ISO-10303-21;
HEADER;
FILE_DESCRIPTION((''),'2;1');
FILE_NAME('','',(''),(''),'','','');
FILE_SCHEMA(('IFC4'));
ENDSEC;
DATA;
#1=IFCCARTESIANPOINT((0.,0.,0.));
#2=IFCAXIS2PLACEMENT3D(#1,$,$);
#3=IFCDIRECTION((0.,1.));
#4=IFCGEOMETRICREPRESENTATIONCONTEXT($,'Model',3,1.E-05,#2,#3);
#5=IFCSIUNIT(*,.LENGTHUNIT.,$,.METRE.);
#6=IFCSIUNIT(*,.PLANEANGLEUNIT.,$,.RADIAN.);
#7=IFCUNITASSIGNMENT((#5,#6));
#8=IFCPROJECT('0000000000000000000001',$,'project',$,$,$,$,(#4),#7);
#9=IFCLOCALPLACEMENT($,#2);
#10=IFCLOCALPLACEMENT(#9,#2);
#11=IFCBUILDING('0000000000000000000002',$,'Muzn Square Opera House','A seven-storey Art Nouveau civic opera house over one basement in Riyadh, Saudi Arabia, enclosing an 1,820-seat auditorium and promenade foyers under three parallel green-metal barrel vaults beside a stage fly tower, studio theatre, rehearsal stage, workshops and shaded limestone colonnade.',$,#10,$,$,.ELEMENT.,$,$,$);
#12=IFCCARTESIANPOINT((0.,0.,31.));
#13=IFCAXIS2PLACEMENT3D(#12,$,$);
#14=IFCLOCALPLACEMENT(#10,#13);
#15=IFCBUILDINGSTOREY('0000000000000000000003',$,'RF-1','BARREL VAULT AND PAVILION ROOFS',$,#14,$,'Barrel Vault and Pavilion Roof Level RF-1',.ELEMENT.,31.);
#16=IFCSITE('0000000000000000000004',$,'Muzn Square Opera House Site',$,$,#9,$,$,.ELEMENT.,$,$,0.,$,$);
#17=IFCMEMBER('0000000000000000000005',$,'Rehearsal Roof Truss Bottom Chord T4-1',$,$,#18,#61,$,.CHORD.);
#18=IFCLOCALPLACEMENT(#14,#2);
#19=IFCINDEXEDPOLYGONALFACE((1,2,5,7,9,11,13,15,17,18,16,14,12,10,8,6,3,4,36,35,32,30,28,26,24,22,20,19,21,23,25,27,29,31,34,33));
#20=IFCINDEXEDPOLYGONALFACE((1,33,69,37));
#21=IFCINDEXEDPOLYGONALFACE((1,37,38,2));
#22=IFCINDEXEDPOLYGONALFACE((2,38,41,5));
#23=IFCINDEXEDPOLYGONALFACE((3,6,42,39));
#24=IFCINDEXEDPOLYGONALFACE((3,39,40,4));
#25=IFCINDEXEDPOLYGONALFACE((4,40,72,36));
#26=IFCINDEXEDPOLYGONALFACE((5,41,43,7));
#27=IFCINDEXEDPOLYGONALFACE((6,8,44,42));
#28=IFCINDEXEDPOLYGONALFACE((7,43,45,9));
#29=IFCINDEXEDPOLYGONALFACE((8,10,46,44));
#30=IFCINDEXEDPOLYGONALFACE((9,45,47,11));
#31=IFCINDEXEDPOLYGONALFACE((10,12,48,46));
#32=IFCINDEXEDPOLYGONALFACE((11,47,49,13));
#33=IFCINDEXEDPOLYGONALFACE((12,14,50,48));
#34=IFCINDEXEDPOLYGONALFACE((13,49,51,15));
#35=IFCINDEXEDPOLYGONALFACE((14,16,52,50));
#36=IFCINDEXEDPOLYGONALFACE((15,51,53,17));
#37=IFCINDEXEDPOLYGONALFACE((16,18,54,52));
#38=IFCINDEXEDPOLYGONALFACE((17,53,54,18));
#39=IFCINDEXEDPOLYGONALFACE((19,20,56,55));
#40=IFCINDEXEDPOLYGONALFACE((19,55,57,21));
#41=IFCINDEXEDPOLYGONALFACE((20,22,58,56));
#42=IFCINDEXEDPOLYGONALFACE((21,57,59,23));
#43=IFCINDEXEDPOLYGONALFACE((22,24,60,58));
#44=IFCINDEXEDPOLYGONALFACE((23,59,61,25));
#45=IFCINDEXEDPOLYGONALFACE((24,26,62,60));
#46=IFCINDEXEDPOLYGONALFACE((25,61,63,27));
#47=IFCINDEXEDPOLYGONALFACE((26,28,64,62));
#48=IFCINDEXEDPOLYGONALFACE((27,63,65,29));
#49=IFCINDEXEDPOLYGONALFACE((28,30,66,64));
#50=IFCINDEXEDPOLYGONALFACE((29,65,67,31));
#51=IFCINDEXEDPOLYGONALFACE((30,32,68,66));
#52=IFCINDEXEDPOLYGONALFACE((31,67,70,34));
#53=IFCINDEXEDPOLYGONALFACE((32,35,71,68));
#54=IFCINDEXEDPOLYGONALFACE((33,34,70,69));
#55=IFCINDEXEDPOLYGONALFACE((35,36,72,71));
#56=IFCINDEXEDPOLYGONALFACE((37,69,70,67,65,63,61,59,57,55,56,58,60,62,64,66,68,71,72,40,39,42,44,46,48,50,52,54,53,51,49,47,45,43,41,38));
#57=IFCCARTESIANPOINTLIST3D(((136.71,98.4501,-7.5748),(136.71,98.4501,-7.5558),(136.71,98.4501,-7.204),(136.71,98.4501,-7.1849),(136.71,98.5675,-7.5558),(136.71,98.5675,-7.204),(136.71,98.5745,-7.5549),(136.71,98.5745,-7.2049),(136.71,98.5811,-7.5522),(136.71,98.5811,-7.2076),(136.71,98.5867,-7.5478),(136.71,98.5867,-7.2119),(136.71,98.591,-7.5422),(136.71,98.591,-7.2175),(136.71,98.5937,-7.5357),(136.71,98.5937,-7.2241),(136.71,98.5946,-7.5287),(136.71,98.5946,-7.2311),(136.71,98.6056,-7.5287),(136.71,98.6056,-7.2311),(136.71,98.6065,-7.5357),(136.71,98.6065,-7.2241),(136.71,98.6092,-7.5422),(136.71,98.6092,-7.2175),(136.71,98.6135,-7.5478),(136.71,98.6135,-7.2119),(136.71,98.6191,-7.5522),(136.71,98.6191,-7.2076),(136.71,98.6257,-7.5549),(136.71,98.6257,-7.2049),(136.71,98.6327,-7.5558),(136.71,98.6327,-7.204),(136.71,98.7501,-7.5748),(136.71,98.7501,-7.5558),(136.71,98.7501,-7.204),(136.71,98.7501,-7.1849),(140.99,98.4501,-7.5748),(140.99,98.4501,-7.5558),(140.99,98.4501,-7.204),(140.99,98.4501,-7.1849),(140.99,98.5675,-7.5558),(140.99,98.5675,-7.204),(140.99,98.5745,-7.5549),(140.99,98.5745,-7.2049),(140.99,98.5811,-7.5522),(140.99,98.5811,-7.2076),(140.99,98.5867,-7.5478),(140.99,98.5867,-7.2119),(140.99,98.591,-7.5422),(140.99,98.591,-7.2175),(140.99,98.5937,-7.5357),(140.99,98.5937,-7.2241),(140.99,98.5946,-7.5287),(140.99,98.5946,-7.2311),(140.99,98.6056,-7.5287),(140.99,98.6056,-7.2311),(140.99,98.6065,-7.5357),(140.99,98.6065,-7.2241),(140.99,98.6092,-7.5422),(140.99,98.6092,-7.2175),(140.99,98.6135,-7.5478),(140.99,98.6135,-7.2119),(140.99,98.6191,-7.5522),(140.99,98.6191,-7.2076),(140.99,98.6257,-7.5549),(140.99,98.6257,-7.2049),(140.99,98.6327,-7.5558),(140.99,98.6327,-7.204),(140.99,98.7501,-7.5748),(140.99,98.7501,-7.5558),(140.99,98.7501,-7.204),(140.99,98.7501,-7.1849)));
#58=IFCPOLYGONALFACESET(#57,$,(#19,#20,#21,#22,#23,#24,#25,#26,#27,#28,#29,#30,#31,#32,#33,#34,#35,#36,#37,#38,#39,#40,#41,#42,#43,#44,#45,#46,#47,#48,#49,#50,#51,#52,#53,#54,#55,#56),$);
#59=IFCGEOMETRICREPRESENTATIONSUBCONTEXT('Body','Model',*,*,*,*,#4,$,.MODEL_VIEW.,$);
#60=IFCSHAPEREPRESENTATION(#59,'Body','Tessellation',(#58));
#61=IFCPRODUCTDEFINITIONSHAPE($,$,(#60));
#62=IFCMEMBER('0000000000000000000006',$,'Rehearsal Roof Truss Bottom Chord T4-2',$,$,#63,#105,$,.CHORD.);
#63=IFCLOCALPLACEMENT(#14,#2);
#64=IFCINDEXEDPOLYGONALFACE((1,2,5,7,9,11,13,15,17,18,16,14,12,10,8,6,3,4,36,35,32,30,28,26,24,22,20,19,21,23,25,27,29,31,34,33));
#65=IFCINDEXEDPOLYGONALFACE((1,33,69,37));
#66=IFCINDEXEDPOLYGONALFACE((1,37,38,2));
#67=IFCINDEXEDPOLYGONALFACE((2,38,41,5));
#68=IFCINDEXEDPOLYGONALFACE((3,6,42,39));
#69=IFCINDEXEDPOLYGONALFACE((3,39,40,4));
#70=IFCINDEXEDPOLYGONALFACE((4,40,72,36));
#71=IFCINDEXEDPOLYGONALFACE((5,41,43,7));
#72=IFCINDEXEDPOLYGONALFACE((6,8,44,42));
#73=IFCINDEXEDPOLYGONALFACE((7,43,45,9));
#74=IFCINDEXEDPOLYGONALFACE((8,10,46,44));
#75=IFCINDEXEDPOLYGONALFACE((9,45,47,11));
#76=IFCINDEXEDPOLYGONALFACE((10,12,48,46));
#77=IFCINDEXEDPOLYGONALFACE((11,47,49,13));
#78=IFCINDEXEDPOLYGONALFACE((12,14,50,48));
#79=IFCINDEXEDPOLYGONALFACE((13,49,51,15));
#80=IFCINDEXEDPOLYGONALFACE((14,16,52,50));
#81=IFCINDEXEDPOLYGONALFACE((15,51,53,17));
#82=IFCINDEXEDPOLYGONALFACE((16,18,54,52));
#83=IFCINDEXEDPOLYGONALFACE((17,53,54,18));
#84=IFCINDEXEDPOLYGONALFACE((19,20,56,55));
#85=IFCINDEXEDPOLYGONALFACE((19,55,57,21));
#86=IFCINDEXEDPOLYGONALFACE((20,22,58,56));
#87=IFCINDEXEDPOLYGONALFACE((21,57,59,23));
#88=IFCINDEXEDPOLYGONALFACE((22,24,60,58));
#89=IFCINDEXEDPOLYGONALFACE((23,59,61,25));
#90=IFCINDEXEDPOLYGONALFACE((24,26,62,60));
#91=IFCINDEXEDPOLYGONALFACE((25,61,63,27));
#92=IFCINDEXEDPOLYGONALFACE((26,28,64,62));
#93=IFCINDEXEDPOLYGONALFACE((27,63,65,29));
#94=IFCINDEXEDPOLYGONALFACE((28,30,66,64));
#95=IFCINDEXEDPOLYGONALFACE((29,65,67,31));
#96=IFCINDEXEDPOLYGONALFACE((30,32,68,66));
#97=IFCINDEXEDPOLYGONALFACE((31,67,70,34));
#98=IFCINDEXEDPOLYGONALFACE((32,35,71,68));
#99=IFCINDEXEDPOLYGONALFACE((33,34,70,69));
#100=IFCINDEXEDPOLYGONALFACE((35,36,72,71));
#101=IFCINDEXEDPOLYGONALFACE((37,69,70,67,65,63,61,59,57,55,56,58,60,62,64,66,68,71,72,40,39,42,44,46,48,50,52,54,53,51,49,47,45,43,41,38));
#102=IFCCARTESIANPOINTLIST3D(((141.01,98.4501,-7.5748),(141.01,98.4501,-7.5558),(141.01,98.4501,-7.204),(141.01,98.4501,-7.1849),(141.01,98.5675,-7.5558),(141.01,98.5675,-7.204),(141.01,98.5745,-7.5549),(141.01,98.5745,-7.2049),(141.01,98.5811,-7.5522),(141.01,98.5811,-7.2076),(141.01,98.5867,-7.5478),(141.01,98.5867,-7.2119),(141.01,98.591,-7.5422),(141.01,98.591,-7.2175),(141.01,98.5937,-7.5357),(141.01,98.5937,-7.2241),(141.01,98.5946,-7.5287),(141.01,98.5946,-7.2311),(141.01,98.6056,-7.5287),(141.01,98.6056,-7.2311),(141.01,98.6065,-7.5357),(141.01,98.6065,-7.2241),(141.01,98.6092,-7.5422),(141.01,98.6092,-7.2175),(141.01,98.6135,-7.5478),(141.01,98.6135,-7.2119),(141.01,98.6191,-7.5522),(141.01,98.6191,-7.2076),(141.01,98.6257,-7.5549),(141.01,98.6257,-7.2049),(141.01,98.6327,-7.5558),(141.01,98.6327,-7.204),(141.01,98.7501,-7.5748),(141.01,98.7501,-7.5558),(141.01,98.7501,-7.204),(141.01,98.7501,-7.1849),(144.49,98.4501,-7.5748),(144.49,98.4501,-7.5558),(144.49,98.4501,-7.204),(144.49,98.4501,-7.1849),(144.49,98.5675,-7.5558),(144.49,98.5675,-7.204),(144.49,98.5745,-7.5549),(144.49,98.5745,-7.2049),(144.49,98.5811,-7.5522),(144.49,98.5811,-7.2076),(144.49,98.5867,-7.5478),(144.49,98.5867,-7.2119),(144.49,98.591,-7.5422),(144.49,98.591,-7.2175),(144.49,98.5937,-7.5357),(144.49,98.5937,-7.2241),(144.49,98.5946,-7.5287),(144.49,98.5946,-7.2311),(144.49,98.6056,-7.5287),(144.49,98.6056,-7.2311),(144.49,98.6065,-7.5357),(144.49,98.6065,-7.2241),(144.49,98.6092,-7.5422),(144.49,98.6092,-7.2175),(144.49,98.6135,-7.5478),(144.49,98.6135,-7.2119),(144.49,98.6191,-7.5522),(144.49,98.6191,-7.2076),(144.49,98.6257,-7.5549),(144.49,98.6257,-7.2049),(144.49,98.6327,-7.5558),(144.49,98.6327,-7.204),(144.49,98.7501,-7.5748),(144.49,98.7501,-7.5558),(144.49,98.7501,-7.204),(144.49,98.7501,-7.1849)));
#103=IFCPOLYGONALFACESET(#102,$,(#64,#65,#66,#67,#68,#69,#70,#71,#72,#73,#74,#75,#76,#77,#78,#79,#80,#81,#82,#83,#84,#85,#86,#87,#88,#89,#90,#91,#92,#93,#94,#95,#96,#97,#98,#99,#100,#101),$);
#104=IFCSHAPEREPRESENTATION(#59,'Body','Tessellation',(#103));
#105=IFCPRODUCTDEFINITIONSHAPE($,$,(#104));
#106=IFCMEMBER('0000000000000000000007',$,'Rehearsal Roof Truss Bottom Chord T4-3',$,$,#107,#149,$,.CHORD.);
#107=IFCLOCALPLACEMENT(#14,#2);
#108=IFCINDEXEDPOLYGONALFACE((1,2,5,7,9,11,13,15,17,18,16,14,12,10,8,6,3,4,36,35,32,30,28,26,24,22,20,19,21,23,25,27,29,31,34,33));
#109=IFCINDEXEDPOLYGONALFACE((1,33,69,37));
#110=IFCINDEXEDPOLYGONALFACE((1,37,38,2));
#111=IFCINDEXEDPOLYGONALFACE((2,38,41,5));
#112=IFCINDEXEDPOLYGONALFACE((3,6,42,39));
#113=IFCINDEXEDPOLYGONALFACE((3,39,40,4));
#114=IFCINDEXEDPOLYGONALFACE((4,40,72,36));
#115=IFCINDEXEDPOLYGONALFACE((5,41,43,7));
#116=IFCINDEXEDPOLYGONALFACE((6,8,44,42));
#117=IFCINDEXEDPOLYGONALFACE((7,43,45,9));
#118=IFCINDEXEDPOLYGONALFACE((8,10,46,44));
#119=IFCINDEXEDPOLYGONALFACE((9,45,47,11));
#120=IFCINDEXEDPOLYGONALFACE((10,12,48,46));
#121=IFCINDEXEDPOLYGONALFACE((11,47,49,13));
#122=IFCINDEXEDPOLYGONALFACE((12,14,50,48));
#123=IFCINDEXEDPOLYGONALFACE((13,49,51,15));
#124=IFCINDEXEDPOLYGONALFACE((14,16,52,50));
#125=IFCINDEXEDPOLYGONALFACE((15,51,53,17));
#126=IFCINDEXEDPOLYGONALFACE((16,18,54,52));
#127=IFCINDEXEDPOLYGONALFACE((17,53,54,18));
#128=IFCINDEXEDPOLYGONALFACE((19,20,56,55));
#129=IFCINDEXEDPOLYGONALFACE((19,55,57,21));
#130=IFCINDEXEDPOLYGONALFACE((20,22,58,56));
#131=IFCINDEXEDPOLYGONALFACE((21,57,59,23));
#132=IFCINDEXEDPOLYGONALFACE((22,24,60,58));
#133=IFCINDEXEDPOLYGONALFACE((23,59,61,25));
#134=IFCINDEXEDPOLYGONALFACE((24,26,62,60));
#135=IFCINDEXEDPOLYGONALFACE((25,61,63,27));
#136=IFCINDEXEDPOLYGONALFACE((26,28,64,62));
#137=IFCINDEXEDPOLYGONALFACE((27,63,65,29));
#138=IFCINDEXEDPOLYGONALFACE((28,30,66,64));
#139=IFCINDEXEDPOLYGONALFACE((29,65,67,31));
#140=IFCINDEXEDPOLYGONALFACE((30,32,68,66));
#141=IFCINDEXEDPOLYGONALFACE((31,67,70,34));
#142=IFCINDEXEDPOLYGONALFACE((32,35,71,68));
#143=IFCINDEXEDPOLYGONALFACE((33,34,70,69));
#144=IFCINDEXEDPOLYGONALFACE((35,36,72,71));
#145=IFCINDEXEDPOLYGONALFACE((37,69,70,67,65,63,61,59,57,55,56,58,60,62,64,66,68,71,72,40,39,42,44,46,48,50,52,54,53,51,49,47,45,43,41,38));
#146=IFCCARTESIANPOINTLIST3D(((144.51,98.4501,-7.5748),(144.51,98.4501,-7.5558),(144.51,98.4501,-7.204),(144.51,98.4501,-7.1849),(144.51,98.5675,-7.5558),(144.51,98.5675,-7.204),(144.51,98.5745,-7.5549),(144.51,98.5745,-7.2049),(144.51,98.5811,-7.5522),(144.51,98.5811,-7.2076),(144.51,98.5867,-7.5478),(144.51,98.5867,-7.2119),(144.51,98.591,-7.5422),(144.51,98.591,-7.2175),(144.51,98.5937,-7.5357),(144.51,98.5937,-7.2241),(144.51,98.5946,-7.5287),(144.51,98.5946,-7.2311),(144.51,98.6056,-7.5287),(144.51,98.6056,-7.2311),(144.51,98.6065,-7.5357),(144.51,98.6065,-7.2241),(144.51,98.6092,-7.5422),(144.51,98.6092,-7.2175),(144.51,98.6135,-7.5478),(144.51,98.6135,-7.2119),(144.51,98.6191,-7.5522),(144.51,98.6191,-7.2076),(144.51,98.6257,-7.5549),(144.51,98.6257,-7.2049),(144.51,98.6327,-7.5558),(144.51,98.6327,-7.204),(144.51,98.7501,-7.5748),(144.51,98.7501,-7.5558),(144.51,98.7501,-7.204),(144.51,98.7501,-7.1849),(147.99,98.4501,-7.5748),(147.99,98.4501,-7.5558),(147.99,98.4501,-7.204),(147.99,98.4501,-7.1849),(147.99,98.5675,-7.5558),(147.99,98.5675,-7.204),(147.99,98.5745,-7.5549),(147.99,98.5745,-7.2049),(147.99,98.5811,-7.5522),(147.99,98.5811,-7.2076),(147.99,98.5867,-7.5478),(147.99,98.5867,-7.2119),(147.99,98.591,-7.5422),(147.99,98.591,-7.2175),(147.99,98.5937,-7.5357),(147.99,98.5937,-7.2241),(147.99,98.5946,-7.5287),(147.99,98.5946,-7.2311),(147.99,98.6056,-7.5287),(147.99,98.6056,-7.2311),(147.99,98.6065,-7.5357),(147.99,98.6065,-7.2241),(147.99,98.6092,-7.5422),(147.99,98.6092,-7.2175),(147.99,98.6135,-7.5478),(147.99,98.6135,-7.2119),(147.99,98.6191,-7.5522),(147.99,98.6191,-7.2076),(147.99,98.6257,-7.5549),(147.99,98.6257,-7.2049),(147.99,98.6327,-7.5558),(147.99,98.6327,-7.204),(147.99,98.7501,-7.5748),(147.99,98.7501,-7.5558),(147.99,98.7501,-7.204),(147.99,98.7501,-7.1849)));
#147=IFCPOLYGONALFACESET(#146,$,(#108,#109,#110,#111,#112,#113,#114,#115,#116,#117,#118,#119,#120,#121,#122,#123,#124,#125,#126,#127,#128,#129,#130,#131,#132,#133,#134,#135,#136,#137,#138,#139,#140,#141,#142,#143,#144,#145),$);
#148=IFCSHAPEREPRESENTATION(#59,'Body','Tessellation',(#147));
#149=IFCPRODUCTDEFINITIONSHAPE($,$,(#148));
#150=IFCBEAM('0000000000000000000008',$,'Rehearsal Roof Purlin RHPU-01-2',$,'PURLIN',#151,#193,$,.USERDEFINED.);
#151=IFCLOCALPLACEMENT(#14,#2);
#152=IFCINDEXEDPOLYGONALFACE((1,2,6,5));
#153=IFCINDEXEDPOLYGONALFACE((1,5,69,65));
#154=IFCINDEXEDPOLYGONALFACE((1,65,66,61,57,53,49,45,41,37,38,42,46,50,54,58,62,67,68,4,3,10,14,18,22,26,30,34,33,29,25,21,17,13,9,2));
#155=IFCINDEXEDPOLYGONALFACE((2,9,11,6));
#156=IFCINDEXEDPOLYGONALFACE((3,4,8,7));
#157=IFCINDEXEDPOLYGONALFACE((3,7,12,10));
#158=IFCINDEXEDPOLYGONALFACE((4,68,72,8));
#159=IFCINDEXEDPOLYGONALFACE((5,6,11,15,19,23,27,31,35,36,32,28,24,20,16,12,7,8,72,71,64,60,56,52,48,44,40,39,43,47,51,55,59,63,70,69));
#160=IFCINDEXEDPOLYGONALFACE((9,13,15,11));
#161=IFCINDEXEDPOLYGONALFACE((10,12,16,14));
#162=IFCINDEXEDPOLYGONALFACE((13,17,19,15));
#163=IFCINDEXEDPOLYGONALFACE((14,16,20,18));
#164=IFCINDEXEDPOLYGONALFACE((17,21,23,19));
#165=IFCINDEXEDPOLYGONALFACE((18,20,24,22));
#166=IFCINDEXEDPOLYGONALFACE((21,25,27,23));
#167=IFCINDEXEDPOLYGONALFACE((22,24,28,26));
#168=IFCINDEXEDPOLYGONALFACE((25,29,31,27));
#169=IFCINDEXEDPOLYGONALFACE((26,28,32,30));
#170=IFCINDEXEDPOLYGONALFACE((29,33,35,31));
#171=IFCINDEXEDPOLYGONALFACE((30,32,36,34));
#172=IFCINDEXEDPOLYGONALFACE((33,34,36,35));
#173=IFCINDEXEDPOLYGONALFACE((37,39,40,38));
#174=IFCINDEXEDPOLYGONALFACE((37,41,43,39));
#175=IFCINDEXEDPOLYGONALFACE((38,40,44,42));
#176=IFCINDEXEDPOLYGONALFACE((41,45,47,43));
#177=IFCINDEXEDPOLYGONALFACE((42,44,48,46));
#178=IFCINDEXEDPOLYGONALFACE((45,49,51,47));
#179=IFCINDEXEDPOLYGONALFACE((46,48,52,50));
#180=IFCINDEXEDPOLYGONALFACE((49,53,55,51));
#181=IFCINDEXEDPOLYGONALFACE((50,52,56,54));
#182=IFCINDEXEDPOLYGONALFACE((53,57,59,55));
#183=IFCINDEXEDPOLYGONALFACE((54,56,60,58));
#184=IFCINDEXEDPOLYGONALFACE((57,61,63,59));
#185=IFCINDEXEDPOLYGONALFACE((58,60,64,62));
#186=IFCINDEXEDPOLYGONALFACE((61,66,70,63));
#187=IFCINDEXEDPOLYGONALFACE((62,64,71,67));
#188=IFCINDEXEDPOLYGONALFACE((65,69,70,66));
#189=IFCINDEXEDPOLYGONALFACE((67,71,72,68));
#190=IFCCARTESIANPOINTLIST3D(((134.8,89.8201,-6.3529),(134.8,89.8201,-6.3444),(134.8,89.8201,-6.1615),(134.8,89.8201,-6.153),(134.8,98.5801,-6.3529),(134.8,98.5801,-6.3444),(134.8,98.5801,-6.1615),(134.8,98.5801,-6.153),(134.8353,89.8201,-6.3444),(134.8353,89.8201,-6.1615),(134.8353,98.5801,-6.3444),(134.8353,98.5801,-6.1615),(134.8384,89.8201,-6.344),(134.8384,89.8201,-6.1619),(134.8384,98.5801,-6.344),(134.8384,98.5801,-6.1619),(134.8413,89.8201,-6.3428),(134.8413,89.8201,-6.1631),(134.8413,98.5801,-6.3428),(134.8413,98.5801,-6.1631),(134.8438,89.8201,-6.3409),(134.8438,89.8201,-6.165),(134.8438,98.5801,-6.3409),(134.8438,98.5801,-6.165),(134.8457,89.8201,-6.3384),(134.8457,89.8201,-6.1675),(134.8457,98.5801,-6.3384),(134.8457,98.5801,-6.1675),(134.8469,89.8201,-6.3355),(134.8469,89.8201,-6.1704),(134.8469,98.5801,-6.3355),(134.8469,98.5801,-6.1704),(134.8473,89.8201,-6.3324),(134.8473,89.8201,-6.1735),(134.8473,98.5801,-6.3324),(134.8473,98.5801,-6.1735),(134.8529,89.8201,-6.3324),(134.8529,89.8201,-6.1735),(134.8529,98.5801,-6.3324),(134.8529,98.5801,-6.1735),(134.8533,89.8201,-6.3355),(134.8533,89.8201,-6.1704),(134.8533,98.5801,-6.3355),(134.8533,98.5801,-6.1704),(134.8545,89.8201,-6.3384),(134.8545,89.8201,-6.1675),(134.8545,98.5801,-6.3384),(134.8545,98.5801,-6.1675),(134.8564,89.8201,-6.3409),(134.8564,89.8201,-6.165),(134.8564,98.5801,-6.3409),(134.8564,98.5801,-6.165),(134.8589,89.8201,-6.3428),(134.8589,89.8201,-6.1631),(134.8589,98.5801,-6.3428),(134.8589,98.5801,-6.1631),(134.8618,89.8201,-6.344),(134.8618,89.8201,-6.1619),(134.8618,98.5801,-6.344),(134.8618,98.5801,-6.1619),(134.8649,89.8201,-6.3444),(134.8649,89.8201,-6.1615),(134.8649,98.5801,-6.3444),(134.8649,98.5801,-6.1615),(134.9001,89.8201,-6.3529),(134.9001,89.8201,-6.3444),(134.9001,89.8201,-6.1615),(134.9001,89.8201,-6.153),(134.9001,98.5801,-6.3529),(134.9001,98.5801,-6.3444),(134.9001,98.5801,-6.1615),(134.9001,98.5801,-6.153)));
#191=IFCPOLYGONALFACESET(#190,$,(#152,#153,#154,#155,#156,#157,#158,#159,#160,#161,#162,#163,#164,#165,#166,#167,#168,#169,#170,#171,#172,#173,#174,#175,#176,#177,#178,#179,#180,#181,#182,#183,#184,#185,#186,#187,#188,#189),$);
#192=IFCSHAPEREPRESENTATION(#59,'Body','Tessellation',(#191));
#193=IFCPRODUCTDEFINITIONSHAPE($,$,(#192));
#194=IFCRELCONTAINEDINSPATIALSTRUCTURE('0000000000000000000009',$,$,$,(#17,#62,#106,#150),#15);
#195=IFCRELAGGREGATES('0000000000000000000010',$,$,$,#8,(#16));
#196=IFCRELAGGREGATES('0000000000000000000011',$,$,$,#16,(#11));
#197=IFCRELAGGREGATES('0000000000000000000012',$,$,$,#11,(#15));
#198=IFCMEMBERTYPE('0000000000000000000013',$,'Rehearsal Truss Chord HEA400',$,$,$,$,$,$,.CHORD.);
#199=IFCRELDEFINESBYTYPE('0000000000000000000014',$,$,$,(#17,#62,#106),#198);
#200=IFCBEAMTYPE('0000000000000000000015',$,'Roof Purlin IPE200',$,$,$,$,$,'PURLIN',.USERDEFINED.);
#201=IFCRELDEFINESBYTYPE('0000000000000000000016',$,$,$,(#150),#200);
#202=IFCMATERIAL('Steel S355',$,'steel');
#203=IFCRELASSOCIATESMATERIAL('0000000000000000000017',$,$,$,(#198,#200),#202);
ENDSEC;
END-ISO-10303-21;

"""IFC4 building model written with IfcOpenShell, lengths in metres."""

from ifc_helpers import new_model, si_unit, direction, frame, origin, origin_2d, place, context, subcontext, project, spatial, i_section, extrude, material, material_profile, profile_set, type_object, element, save


model = new_model("IFC4")

# Units and contexts
model_context = context("Model", 3, precision=1e-05, world=origin(), true_north=direction((0.0, 1.0)))
body_context = subcontext(model_context, "Body", "Model", "MODEL_VIEW")
ifc_project = project(units=[si_unit("LENGTHUNIT", "METRE"), si_unit("PLANEANGLEUNIT", "RADIAN")], contexts=[model_context])

# Site, building, storey
site_placement = place(None, origin())
site = spatial("IfcSite", under=ifc_project, at=site_placement, Name="Muzn Square Opera House Site", CompositionType="ELEMENT", RefElevation=0.0)
building_placement = place(site_placement, origin())
building = spatial("IfcBuilding", under=site, at=building_placement, Name="Muzn Square Opera House", Description="A seven-storey Art Nouveau civic opera house over one basement in Riyadh, Saudi Arabia, enclosing an 1,820-seat auditorium and promenade foyers under three parallel green-metal barrel vaults beside a stage fly tower, studio theatre, rehearsal stage, workshops and shaded limestone colonnade.", CompositionType="ELEMENT")
storey_placement = place(building_placement, frame((0.0, 0.0, 31.0)))
storey = spatial("IfcBuildingStorey", under=building, at=storey_placement, Name="RF-1", Description="BARREL VAULT AND PAVILION ROOFS", LongName="Barrel Vault and Pavilion Roof Level RF-1", CompositionType="ELEMENT", Elevation=31.0)

# Shared definitions
ifc_material = material(Name="Steel S355", Category="steel")

# Members
ifc_material_profile_1 = material_profile(ifc_material, i_section(OverallWidth=0.3, OverallDepth=0.3899, WebThickness=0.011, FlangeThickness=0.019, FilletRadius=0.0271, at=origin_2d()), Name="HEA 400", Category="steel")
ifc_profile_set_1 = profile_set([ifc_material_profile_1], Name="Steel S355")
member_type_1 = type_object("IfcMemberType", Name="Rehearsal Truss Chord HEA400", PredefinedType="CHORD", material=ifc_profile_set_1)
member_1_placement = place(storey_placement, frame((136.71, 98.6001, -7.3799), z_axis=(1.0, 0.0, 0.0), x_axis=(0.0, 1.0, 0.0)))
element("IfcMember", 1, at=member_1_placement, inside=storey, type_object=member_type_1, Name="Rehearsal Roof Truss Bottom Chord T4-1", PredefinedType="CHORD", context=body_context, shape_type="SweptSolid", body=[
    extrude(i_section(OverallWidth=0.3, OverallDepth=0.3899, WebThickness=0.011, FlangeThickness=0.019, FilletRadius=0.0271, at=origin_2d()), origin(), (0.0, 0.0, 1.0), 4.28),
])
for number, where, z_axis, x_axis, name in (
    (2, (141.01, 98.6001, -7.3799), (1.0, 0.0, 0.0), (0.0, 1.0, 0.0), "Rehearsal Roof Truss Bottom Chord T4-2"),
    (3, (144.51, 98.6001, -7.3799), (1.0, 0.0, 0.0), (0.0, 1.0, 0.0), "Rehearsal Roof Truss Bottom Chord T4-3"),
):
    element("IfcMember", number, at=place(storey_placement, frame(where, z_axis=z_axis, x_axis=x_axis)), inside=storey, type_object=member_type_1, Name=name, PredefinedType="CHORD", context=body_context, shape_type="SweptSolid", body=[
        extrude(i_section(OverallWidth=0.3, OverallDepth=0.3899, WebThickness=0.011, FlangeThickness=0.019, FilletRadius=0.0271, at=origin_2d()), origin(), (0.0, 0.0, 1.0), 3.48),
    ])

# Beam
ifc_material_profile_2 = material_profile(ifc_material, i_section(OverallWidth=0.1001, OverallDepth=0.2, WebThickness=0.0056, FlangeThickness=0.0085, FilletRadius=0.012, at=origin_2d()), Name="IPE 200", Category="steel")
ifc_profile_set_2 = profile_set([ifc_material_profile_2], Name="Steel S355")
beam_type = type_object("IfcBeamType", Name="Roof Purlin IPE200", ElementType="PURLIN", PredefinedType="USERDEFINED", material=ifc_profile_set_2)
for number, where, z_axis, x_axis, name in (
    (4, (134.8501, 89.8201, -6.2529), (0.0, 1.0, 0.0), (-1.0, 0.0, 0.0), "Rehearsal Roof Purlin RHPU-01-2"),
):
    element("IfcBeam", number, at=place(storey_placement, frame(where, z_axis=z_axis, x_axis=x_axis)), inside=storey, type_object=beam_type, Name=name, ObjectType="PURLIN", PredefinedType="USERDEFINED", context=body_context, shape_type="SweptSolid", body=[
        extrude(i_section(OverallWidth=0.1001, OverallDepth=0.2, WebThickness=0.0056, FlangeThickness=0.0085, FilletRadius=0.012, at=origin_2d()), origin(), (0.0, 0.0, 1.0), 8.76),
    ])

save(model, "model.ifc")
